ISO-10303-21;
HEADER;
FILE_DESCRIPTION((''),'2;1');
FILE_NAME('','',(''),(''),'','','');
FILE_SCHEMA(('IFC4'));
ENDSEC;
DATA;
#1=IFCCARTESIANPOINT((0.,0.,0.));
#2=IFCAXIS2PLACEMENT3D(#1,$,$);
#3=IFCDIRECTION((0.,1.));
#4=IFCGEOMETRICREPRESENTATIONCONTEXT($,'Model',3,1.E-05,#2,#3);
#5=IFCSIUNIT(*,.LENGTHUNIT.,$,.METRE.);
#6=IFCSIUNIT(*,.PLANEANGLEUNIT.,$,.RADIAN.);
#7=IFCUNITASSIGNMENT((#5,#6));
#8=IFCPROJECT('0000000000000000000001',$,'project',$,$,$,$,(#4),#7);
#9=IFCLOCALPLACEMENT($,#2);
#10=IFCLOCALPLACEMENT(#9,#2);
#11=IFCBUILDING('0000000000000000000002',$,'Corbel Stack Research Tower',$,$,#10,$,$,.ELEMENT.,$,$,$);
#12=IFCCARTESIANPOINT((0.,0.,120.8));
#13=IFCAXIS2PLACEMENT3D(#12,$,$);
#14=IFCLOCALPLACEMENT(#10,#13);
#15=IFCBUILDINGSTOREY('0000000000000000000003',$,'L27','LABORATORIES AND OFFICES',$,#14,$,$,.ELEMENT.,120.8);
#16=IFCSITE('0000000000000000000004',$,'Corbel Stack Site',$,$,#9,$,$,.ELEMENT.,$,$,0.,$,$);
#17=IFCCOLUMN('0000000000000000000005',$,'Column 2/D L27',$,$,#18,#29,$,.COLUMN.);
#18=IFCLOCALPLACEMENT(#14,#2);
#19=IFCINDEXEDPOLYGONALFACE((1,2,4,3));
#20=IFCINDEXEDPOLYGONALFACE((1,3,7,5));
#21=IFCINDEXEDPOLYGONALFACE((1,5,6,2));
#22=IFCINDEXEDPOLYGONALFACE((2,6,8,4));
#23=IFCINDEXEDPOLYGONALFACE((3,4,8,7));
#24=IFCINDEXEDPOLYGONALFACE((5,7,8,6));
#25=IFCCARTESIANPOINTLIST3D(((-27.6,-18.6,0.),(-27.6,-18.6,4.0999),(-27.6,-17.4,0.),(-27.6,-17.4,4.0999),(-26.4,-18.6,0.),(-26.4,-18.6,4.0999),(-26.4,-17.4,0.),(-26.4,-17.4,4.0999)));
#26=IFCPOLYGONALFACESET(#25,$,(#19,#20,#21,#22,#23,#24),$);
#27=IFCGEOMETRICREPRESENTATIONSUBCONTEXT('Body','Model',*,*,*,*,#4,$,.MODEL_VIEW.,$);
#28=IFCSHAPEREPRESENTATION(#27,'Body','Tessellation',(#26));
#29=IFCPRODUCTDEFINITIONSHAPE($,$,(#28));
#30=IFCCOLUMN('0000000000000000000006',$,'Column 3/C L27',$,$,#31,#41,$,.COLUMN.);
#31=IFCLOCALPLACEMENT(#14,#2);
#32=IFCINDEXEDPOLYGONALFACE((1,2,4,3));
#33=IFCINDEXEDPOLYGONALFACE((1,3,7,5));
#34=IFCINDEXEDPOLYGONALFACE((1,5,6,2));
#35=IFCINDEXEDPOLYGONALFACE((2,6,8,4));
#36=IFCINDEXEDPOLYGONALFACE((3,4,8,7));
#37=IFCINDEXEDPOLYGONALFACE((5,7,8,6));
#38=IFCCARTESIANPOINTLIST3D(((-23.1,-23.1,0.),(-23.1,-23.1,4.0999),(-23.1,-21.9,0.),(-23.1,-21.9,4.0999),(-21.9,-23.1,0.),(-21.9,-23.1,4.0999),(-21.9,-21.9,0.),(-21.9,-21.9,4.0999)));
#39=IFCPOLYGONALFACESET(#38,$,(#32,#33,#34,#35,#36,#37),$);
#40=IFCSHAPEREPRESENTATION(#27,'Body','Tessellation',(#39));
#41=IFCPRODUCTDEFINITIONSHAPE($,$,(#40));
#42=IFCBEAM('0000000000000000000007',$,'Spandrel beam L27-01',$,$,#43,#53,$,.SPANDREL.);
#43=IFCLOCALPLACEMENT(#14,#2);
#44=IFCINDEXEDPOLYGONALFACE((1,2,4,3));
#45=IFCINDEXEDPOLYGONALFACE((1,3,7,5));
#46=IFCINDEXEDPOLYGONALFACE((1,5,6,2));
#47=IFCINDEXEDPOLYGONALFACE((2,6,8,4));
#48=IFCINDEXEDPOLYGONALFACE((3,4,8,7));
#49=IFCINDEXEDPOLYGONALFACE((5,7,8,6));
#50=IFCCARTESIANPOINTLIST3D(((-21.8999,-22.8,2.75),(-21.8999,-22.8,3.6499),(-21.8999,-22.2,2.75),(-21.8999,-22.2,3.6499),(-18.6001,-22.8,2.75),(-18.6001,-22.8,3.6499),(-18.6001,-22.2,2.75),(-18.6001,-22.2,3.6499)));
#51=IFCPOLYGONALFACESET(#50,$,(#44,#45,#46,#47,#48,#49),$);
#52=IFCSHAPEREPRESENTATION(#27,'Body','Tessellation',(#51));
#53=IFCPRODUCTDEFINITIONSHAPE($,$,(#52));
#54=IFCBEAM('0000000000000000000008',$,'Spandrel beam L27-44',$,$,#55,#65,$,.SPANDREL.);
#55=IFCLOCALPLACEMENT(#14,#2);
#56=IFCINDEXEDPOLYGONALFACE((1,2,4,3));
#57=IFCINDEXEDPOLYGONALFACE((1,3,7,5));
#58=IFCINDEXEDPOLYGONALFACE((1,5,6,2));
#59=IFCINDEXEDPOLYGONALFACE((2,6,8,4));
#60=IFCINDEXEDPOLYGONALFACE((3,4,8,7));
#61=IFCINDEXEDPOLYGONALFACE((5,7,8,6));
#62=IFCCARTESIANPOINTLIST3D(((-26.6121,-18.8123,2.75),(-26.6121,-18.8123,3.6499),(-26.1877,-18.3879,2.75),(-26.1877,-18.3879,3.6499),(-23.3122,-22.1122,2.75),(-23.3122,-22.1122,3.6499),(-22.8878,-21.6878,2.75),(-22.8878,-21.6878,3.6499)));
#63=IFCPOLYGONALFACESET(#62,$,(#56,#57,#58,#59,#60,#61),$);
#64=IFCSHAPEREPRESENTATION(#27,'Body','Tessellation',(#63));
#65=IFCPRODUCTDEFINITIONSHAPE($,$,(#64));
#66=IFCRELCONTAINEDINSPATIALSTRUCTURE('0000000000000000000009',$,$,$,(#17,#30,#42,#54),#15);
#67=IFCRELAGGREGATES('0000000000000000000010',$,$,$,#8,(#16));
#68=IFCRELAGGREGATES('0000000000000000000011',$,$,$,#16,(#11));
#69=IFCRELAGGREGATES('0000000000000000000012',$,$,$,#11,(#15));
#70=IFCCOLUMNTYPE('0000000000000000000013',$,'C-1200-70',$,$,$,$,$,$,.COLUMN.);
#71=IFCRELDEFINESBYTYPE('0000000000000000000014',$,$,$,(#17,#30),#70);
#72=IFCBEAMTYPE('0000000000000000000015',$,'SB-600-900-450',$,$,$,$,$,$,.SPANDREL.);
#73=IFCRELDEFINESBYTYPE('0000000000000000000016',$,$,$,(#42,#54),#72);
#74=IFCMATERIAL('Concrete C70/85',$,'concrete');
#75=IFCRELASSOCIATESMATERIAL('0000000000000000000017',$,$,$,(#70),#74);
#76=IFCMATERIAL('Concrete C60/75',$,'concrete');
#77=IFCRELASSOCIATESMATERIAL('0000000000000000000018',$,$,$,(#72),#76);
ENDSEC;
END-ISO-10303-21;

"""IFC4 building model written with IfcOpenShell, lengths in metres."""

from ifc_helpers import new_model, si_unit, direction, frame, origin, origin_2d, place, context, subcontext, project, spatial, rectangle, extrude, material, material_profile, profile_set, type_object, element, save


model = new_model("IFC4")

# Units and contexts
model_context = context("Model", 3, precision=1e-05, world=origin(), true_north=direction((0.0, 1.0)))
body_context = subcontext(model_context, "Body", "Model", "MODEL_VIEW")
ifc_project = project(units=[si_unit("LENGTHUNIT", "METRE"), si_unit("PLANEANGLEUNIT", "RADIAN")], contexts=[model_context])

# Site, building, storey
site_placement = place(None, origin())
site = spatial("IfcSite", under=ifc_project, at=site_placement, Name="Corbel Stack Site", CompositionType="ELEMENT", RefElevation=0.0)
building_placement = place(site_placement, origin())
building = spatial("IfcBuilding", under=site, at=building_placement, Name="Corbel Stack Research Tower", CompositionType="ELEMENT")
storey_placement = place(building_placement, frame((0.0, 0.0, 120.8)))
storey = spatial("IfcBuildingStorey", under=building, at=storey_placement, Name="L27", Description="LABORATORIES AND OFFICES", CompositionType="ELEMENT", Elevation=120.8)

# Columns
ifc_material_1 = material(Name="Concrete C70/85", Category="concrete")
ifc_material_profile_1 = material_profile(ifc_material_1, rectangle(XDim=1.2, YDim=1.2, at=origin_2d()), Name="RC 1200 x 1200")
ifc_profile_set_1 = profile_set([ifc_material_profile_1], Name="Concrete C70/85")
column_type = type_object("IfcColumnType", Name="C-1200-70", PredefinedType="COLUMN", material=ifc_profile_set_1)
for number, where, z_axis, x_axis, name in (
    (1, (-27.0, -18.0, 0.0), (0.0, 0.0, 1.0), (1.0, 0.0, 0.0), "Column 2/D L27"),
    (2, (-22.5, -22.5, 0.0), (0.0, 0.0, 1.0), (1.0, 0.0, 0.0), "Column 3/C L27"),
):
    element("IfcColumn", number, at=place(storey_placement, frame(where, z_axis=z_axis, x_axis=x_axis)), inside=storey, type_object=column_type, Name=name, PredefinedType="COLUMN", context=body_context, shape_type="SweptSolid", body=[
        extrude(rectangle(XDim=1.2, YDim=1.2, at=origin_2d()), origin(), (0.0, 0.0, 1.0), 4.0999),
    ])

# Beams
ifc_material_2 = material(Name="Concrete C60/75", Category="concrete")
ifc_material_profile_2 = material_profile(ifc_material_2, rectangle(XDim=0.6001, YDim=0.8999, at=origin_2d()), Name="RC 600 x 900")
ifc_profile_set_2 = profile_set([ifc_material_profile_2], Name="Concrete C60/75")
beam_type = type_object("IfcBeamType", Name="SB-600-900-450", PredefinedType="SPANDREL", material=ifc_profile_set_2)
beam_1_placement = place(storey_placement, frame((-21.8999, -22.5, 3.2), z_axis=(1.0, 0.0, 0.0), x_axis=(0.0, 1.0, 0.0)))
element("IfcBeam", 3, at=beam_1_placement, inside=storey, type_object=beam_type, Name="Spandrel beam L27-01", PredefinedType="SPANDREL", context=body_context, shape_type="SweptSolid", body=[
    extrude(rectangle(XDim=0.6001, YDim=0.8999, at=origin_2d()), origin(), (0.0, 0.0, 1.0), 3.2998),
])
beam_2_placement = place(storey_placement, frame((-26.3999, -18.6001, 3.2), z_axis=(0.707107, -0.707107, 0.0), x_axis=(0.707107, 0.707107, 0.0)))
element("IfcBeam", 4, at=beam_2_placement, inside=storey, type_object=beam_type, Name="Spandrel beam L27-44", PredefinedType="SPANDREL", context=body_context, shape_type="SweptSolid", body=[
    extrude(rectangle(XDim=0.6001, YDim=0.8999, at=origin_2d()), origin(), (0.0, 0.0, 1.0), 4.6667),
])

save(model, "model.ifc")
